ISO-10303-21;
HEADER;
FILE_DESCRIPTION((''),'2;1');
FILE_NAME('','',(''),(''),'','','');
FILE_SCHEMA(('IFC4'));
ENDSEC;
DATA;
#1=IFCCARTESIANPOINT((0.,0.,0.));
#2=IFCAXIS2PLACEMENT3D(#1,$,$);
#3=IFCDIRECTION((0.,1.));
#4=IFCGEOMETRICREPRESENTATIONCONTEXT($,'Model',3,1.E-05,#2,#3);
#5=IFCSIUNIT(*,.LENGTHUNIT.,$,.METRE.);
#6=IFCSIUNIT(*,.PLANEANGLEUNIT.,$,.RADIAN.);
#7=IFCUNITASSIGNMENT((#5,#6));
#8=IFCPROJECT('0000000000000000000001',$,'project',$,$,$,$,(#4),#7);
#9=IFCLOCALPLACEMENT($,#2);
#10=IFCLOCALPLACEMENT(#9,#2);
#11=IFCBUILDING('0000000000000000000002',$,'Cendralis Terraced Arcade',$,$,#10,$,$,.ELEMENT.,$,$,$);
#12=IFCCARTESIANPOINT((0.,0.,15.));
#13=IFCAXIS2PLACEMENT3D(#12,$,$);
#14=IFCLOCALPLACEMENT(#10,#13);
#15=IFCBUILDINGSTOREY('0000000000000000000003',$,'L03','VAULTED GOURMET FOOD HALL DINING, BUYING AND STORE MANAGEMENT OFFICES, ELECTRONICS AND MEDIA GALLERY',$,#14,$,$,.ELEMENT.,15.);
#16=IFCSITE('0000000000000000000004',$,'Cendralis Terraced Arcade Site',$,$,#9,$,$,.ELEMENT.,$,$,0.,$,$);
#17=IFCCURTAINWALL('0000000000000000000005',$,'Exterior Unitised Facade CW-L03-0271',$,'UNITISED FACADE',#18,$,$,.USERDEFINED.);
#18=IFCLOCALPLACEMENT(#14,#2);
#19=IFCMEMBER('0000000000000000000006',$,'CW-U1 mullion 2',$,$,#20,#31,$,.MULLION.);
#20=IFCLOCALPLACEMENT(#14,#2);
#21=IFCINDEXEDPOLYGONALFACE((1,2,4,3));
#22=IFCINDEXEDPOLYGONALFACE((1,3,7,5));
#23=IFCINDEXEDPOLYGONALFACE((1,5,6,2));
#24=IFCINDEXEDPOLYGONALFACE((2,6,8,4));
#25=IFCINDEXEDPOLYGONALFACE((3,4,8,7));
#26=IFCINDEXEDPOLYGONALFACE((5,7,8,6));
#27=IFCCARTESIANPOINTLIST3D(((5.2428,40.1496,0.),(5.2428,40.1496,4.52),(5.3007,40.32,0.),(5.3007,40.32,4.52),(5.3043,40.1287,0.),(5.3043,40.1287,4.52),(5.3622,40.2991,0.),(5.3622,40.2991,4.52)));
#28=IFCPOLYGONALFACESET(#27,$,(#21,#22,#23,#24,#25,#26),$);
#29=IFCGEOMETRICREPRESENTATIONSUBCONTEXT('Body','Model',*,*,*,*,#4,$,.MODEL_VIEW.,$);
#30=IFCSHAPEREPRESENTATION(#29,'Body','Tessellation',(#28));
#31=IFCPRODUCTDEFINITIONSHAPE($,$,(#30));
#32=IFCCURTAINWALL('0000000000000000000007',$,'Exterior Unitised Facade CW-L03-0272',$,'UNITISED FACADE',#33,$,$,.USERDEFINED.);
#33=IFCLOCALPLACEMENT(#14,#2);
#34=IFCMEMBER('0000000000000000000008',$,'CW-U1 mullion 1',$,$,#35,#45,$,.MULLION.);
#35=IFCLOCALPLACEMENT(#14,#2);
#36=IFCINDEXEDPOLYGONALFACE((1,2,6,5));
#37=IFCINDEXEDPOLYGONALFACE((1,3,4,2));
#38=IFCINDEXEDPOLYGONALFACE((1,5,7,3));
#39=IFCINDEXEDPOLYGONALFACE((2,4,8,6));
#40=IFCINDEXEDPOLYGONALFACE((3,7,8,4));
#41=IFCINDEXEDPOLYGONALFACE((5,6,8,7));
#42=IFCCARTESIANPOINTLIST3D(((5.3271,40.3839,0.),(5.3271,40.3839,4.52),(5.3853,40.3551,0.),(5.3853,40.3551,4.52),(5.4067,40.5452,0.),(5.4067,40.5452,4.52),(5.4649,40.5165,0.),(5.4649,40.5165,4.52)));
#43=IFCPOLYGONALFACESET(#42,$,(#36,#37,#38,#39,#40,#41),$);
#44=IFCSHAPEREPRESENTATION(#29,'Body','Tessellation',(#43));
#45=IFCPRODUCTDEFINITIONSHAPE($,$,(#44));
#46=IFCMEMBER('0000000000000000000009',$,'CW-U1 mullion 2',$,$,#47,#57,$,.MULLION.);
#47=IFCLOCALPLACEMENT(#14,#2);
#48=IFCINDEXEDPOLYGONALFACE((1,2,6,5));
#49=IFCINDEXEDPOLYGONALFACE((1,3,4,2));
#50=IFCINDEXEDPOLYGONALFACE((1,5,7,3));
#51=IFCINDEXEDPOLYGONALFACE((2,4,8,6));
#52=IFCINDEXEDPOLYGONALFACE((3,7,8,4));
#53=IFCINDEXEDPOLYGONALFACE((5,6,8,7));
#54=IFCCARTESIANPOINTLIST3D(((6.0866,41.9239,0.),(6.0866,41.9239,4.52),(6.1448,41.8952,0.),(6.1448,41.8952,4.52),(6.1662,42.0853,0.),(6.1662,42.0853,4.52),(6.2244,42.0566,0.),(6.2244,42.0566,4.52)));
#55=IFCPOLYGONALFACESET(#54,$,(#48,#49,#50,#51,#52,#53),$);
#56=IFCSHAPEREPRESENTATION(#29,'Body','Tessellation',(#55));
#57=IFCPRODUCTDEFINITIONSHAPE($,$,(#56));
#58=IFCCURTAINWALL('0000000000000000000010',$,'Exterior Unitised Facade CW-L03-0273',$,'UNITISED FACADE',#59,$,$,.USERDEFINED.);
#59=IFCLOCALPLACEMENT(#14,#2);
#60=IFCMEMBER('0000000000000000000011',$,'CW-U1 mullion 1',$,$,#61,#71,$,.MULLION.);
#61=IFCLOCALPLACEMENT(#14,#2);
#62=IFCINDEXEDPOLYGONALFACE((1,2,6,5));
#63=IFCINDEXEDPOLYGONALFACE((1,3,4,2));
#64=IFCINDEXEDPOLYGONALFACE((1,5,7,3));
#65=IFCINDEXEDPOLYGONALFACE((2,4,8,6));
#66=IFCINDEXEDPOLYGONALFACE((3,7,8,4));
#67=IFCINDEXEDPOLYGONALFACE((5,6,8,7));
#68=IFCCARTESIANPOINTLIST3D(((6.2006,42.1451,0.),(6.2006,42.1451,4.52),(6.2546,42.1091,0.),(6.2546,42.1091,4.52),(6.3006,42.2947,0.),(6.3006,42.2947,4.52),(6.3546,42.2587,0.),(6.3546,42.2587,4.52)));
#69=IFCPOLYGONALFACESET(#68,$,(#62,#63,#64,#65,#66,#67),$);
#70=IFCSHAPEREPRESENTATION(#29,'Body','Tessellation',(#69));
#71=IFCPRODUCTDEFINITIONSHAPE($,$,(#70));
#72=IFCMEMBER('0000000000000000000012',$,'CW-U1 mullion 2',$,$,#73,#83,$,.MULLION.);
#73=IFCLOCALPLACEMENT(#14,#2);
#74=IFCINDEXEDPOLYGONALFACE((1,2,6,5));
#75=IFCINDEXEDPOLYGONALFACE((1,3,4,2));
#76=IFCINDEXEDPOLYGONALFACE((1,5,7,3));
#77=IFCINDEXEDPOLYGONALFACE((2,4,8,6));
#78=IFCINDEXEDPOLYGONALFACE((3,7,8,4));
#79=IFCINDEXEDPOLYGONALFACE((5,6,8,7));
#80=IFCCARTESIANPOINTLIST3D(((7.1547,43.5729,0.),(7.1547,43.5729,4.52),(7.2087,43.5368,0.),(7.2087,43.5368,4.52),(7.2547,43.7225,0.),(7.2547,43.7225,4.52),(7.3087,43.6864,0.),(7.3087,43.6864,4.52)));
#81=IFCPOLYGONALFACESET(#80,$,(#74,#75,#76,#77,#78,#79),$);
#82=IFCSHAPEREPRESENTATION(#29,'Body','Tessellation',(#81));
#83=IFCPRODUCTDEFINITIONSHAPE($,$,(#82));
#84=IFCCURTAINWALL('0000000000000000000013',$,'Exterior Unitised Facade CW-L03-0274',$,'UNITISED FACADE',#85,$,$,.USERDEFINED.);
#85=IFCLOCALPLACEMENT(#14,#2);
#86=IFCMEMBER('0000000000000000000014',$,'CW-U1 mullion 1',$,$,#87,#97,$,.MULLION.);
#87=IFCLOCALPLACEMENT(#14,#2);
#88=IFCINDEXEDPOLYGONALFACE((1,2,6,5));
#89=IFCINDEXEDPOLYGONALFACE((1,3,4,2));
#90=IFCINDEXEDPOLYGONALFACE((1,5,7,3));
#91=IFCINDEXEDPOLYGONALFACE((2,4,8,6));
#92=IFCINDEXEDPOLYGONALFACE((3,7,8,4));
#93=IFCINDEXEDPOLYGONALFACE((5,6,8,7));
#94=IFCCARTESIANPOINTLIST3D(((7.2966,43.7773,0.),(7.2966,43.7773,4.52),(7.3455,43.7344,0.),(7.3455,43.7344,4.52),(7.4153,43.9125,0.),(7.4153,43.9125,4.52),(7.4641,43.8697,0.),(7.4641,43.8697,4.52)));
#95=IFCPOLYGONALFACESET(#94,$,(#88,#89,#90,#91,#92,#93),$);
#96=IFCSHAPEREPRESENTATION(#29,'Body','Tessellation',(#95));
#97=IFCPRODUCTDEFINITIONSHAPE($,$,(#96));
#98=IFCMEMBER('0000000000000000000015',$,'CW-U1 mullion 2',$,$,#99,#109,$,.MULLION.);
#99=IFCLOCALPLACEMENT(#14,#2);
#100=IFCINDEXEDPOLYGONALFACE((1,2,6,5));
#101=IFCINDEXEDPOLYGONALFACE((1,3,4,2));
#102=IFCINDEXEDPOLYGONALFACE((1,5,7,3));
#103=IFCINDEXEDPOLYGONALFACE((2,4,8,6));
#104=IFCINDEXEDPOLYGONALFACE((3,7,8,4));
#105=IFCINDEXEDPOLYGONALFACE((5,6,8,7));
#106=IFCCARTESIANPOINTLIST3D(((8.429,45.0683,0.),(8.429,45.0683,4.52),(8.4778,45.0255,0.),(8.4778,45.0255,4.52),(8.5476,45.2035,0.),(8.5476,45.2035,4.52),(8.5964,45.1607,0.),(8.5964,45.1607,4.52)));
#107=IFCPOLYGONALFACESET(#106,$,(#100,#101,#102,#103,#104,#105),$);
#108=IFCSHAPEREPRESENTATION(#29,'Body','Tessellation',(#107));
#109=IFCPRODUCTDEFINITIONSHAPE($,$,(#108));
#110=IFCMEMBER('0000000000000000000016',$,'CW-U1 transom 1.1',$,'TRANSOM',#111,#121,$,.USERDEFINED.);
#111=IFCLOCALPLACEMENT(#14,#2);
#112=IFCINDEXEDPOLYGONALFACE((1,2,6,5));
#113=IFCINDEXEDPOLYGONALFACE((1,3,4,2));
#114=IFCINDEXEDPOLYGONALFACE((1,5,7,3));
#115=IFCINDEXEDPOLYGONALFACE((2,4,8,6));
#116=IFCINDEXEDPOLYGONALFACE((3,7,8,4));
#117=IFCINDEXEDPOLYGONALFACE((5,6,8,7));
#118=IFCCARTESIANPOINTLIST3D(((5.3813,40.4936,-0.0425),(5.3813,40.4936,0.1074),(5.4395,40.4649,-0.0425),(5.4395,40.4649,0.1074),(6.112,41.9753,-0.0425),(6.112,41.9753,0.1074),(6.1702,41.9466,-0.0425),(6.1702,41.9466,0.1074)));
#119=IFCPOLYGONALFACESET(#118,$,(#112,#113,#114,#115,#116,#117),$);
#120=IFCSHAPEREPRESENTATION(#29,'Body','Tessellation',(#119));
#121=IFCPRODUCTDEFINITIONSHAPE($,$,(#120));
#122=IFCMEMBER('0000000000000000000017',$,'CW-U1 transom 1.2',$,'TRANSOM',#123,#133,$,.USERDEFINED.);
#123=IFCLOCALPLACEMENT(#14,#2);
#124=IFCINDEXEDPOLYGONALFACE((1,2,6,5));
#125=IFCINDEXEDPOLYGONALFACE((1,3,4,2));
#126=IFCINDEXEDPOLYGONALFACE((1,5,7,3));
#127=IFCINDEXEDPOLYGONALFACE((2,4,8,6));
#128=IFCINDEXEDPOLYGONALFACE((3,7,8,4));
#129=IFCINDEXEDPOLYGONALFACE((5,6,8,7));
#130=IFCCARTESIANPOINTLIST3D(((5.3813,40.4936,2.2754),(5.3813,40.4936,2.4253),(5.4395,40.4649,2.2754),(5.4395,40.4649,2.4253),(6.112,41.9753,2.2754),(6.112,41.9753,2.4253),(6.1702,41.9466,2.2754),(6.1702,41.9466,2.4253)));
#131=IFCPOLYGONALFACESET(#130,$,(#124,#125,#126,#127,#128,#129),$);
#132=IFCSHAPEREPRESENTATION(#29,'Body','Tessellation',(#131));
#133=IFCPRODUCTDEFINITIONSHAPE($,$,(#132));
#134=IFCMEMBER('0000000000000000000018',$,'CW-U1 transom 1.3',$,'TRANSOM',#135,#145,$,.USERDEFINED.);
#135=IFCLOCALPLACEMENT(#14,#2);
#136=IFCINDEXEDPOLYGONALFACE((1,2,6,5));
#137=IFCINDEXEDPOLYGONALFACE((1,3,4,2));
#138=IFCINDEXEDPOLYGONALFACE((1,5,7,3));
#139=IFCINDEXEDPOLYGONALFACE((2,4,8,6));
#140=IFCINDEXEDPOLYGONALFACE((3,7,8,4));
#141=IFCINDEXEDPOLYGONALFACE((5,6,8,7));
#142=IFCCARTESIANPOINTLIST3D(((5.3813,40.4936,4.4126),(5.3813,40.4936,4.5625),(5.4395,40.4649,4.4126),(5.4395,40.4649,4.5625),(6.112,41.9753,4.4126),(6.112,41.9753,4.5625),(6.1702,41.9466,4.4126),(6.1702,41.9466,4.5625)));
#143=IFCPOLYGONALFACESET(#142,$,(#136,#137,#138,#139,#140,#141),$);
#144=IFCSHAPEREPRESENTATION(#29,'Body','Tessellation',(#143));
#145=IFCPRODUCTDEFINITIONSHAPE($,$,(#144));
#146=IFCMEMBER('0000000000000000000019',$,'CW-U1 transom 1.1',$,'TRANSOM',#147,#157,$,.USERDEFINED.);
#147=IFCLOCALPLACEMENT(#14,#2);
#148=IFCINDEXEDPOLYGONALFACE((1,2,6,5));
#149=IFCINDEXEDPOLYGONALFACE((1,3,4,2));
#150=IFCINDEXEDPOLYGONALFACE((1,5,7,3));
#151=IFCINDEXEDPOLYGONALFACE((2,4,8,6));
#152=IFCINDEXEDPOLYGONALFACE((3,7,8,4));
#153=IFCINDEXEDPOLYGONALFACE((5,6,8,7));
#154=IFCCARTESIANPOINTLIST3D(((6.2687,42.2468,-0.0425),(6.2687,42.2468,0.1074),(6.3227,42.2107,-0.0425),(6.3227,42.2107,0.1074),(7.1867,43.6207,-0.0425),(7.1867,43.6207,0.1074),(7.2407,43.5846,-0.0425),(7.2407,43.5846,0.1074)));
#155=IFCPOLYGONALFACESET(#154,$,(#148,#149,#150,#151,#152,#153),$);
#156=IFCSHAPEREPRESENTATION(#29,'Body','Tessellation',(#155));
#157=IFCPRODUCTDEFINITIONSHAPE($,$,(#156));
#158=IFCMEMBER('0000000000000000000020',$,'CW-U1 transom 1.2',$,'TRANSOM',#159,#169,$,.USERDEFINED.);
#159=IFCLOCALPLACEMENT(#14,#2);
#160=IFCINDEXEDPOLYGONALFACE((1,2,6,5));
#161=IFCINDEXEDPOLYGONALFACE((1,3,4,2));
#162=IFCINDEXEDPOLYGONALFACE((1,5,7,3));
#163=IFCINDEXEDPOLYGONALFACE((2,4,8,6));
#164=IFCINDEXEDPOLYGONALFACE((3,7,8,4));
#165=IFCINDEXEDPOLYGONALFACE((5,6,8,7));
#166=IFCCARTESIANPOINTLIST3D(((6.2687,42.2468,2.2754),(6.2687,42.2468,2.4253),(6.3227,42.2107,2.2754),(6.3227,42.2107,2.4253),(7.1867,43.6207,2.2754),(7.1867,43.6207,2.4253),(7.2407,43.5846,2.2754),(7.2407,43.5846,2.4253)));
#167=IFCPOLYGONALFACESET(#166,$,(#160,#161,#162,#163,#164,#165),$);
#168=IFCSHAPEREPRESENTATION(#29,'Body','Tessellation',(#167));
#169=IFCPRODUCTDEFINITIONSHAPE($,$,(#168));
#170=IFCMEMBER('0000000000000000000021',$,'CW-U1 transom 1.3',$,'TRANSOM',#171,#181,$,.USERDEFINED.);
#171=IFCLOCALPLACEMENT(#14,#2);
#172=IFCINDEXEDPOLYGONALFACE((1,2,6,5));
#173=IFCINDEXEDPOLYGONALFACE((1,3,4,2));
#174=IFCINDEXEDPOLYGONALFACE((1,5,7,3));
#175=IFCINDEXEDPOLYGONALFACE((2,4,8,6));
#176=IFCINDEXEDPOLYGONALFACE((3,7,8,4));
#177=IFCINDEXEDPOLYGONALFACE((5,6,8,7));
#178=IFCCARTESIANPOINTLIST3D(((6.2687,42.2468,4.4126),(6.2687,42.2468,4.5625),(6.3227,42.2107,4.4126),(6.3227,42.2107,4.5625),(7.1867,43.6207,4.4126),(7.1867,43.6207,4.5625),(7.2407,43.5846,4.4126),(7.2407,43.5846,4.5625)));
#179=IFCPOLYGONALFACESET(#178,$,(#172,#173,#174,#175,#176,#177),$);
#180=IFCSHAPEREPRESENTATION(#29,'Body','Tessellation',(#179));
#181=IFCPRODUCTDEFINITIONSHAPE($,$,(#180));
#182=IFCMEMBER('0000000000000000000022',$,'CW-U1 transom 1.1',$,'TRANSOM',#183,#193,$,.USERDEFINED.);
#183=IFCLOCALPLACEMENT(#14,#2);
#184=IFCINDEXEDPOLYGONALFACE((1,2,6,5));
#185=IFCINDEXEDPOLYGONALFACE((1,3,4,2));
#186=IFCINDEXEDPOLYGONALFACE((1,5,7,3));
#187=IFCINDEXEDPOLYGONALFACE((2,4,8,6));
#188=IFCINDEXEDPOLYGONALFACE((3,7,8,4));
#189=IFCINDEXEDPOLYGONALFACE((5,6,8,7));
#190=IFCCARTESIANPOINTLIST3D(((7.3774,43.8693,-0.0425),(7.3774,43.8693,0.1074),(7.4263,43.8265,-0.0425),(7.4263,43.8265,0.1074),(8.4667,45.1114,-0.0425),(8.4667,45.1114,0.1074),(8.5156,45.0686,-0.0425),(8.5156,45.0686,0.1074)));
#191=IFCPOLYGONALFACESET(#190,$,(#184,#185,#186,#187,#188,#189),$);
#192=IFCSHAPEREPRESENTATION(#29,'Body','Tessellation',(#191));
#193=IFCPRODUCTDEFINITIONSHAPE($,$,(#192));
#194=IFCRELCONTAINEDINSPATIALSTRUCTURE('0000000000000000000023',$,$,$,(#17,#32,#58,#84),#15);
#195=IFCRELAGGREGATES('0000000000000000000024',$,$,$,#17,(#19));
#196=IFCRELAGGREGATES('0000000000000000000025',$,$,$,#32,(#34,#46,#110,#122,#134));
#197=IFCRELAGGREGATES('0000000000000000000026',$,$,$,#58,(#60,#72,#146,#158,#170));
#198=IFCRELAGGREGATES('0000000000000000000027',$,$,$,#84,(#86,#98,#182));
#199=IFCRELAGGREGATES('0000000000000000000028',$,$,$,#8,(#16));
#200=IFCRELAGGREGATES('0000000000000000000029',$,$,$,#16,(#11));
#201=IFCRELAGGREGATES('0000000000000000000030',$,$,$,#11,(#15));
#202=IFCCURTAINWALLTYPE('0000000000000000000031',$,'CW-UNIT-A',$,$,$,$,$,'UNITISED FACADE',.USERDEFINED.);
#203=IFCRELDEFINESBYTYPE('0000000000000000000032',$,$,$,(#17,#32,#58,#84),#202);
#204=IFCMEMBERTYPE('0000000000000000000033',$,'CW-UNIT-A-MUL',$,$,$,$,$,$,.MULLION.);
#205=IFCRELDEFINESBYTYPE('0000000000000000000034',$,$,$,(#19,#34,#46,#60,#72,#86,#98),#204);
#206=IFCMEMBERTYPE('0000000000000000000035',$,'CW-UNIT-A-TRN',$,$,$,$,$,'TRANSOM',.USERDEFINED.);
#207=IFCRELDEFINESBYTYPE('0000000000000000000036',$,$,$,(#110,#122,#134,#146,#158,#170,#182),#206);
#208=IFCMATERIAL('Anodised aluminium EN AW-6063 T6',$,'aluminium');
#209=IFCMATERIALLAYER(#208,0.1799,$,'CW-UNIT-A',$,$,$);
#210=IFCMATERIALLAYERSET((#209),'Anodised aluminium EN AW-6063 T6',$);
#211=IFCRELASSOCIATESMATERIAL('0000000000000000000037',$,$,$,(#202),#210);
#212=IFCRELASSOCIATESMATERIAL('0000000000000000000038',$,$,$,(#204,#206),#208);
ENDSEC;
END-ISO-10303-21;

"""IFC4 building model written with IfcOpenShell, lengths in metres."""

from ifc_helpers import new_model, si_unit, direction, frame, origin, origin_2d, place, context, subcontext, project, spatial, rectangle, extrude, material, layer, layer_set, material_profile, profile_set, type_object, element, aggregate, save


model = new_model("IFC4")

# Units and contexts
model_context = context("Model", 3, precision=1e-05, world=origin(), true_north=direction((0.0, 1.0)))
body_context = subcontext(model_context, "Body", "Model", "MODEL_VIEW")
ifc_project = project(units=[si_unit("LENGTHUNIT", "METRE"), si_unit("PLANEANGLEUNIT", "RADIAN")], contexts=[model_context])

# Site, building, storey
site_placement = place(None, origin())
site = spatial("IfcSite", under=ifc_project, at=site_placement, Name="Cendralis Terraced Arcade Site", CompositionType="ELEMENT", RefElevation=0.0)
building_placement = place(site_placement, origin())
building = spatial("IfcBuilding", under=site, at=building_placement, Name="Cendralis Terraced Arcade", CompositionType="ELEMENT")
storey_placement = place(building_placement, frame((0.0, 0.0, 15.0)))
storey = spatial("IfcBuildingStorey", under=building, at=storey_placement, Name="L03", Description="VAULTED GOURMET FOOD HALL DINING, BUYING AND STORE MANAGEMENT OFFICES, ELECTRONICS AND MEDIA GALLERY", CompositionType="ELEMENT", Elevation=15.0)

# Curtain wall, member
ifc_material_1 = material(Name="Anodised aluminium EN AW-6063 T6", Category="aluminium")
ifc_layer_1 = layer(ifc_material_1, 0.1799, Name="CW-UNIT-A")
ifc_layer_set_1 = layer_set([ifc_layer_1], Name="Anodised aluminium EN AW-6063 T6")
curtain_wall_type = type_object("IfcCurtainWallType", Name="CW-UNIT-A", ElementType="UNITISED FACADE", PredefinedType="USERDEFINED", material=ifc_layer_set_1)
curtain_wall_1_placement = place(storey_placement, origin())
curtain_wall_1 = element("IfcCurtainWall", 1, at=curtain_wall_1_placement, inside=storey, type_object=curtain_wall_type, Name="Exterior Unitised Facade CW-L03-0271", ObjectType="UNITISED FACADE", PredefinedType="USERDEFINED")
ifc_material_profile_1 = material_profile(ifc_material_1, rectangle(XDim=0.0649, YDim=0.1799, at=origin_2d()), Name="ALU-MUL-65x180")
ifc_profile_set_1 = profile_set([ifc_material_profile_1], Name="Anodised aluminium EN AW-6063 T6")
member_type_1 = type_object("IfcMemberType", Name="CW-UNIT-A-MUL", PredefinedType="MULLION", material=ifc_profile_set_1)
member_1_placement = place(storey_placement, frame((5.3025, 40.2244, 0.0), z_axis=(0.0, 0.0, 1.0), x_axis=(-0.946924, 0.321458, 0.0)))
member_1 = element("IfcMember", 2, at=member_1_placement, type_object=member_type_1, Name="CW-U1 mullion 2", PredefinedType="MULLION", context=body_context, shape_type="SweptSolid", body=[
    extrude(rectangle(XDim=0.0649, YDim=0.1799, at=origin_2d()), origin(), (0.0, 0.0, 1.0), 4.52),
])
aggregate(curtain_wall_1, [member_1])

# Curtain walls, members
curtain_wall_2_placement = place(storey_placement, origin())
curtain_wall_2 = element("IfcCurtainWall", 3, at=curtain_wall_2_placement, inside=storey, type_object=curtain_wall_type, Name="Exterior Unitised Facade CW-L03-0272", ObjectType="UNITISED FACADE", PredefinedType="USERDEFINED")
member_2_placement = place(storey_placement, frame((5.396, 40.4502, 0.0), z_axis=(0.0, 0.0, 1.0), x_axis=(-0.896871, 0.442291, 0.0)))
member_2 = element("IfcMember", 4, at=member_2_placement, type_object=member_type_1, Name="CW-U1 mullion 1", PredefinedType="MULLION", context=body_context, shape_type="SweptSolid", body=[
    extrude(rectangle(XDim=0.0649, YDim=0.1799, at=origin_2d()), origin(), (0.0, 0.0, 1.0), 4.52),
])
member_3_placement = place(storey_placement, frame((6.1555, 41.9902, 0.0), z_axis=(0.0, 0.0, 1.0), x_axis=(-0.896871, 0.442291, 0.0)))
member_3 = element("IfcMember", 5, at=member_3_placement, type_object=member_type_1, Name="CW-U1 mullion 2", PredefinedType="MULLION", context=body_context, shape_type="SweptSolid", body=[
    extrude(rectangle(XDim=0.0649, YDim=0.1799, at=origin_2d()), origin(), (0.0, 0.0, 1.0), 4.52),
])
curtain_wall_3_placement = place(storey_placement, origin())
curtain_wall_3 = element("IfcCurtainWall", 6, at=curtain_wall_3_placement, inside=storey, type_object=curtain_wall_type, Name="Exterior Unitised Facade CW-L03-0273", ObjectType="UNITISED FACADE", PredefinedType="USERDEFINED")
member_4_placement = place(storey_placement, frame((6.2776, 42.2019, 0.0), z_axis=(0.0, 0.0, 1.0), x_axis=(-0.831471, 0.555567, 0.0)))
member_4 = element("IfcMember", 7, at=member_4_placement, type_object=member_type_1, Name="CW-U1 mullion 1", PredefinedType="MULLION", context=body_context, shape_type="SweptSolid", body=[
    extrude(rectangle(XDim=0.0649, YDim=0.1799, at=origin_2d()), origin(), (0.0, 0.0, 1.0), 4.52),
])
member_5_placement = place(storey_placement, frame((7.2317, 43.6296, 0.0), z_axis=(0.0, 0.0, 1.0), x_axis=(-0.831471, 0.555567, 0.0)))
member_5 = element("IfcMember", 8, at=member_5_placement, type_object=member_type_1, Name="CW-U1 mullion 2", PredefinedType="MULLION", context=body_context, shape_type="SweptSolid", body=[
    extrude(rectangle(XDim=0.0649, YDim=0.1799, at=origin_2d()), origin(), (0.0, 0.0, 1.0), 4.52),
])
curtain_wall_4_placement = place(storey_placement, origin())
curtain_wall_4 = element("IfcCurtainWall", 9, at=curtain_wall_4_placement, inside=storey, type_object=curtain_wall_type, Name="Exterior Unitised Facade CW-L03-0274", ObjectType="UNITISED FACADE", PredefinedType="USERDEFINED")
member_6_placement = place(storey_placement, frame((7.3804, 43.8235, 0.0), z_axis=(0.0, 0.0, 1.0), x_axis=(-0.751804, 0.659386, 0.0)))
member_6 = element("IfcMember", 10, at=member_6_placement, type_object=member_type_1, Name="CW-U1 mullion 1", PredefinedType="MULLION", context=body_context, shape_type="SweptSolid", body=[
    extrude(rectangle(XDim=0.0649, YDim=0.1799, at=origin_2d()), origin(), (0.0, 0.0, 1.0), 4.52),
])
member_7_placement = place(storey_placement, frame((8.5127, 45.1145, 0.0), z_axis=(0.0, 0.0, 1.0), x_axis=(-0.751804, 0.659386, 0.0)))
member_7 = element("IfcMember", 11, at=member_7_placement, type_object=member_type_1, Name="CW-U1 mullion 2", PredefinedType="MULLION", context=body_context, shape_type="SweptSolid", body=[
    extrude(rectangle(XDim=0.0649, YDim=0.1799, at=origin_2d()), origin(), (0.0, 0.0, 1.0), 4.52),
])

# Members
ifc_material_profile_2 = material_profile(ifc_material_1, rectangle(XDim=0.0649, YDim=0.1499, at=origin_2d()), Name="ALU-TRN-65x150")
ifc_profile_set_2 = profile_set([ifc_material_profile_2], Name="Anodised aluminium EN AW-6063 T6")
member_type_2 = type_object("IfcMemberType", Name="CW-UNIT-A-TRN", ElementType="TRANSOM", PredefinedType="USERDEFINED", material=ifc_profile_set_2)
member_8_placement = place(storey_placement, frame((5.4104, 40.4792, 0.0325), z_axis=(0.442301, 0.896867, 0.0), x_axis=(-0.896867, 0.442301, 0.0)))
member_8 = element("IfcMember", 12, at=member_8_placement, type_object=member_type_2, Name="CW-U1 transom 1.1", ObjectType="TRANSOM", PredefinedType="USERDEFINED", context=body_context, shape_type="SweptSolid", body=[
    extrude(rectangle(XDim=0.0649, YDim=0.1499, at=origin_2d()), origin(), (0.0, 0.0, 1.0), 1.6521),
])
member_9_placement = place(storey_placement, frame((5.4104, 40.4792, 2.3503), z_axis=(0.442301, 0.896867, 0.0), x_axis=(-0.896867, 0.442301, 0.0)))
member_9 = element("IfcMember", 13, at=member_9_placement, type_object=member_type_2, Name="CW-U1 transom 1.2", ObjectType="TRANSOM", PredefinedType="USERDEFINED", context=body_context, shape_type="SweptSolid", body=[
    extrude(rectangle(XDim=0.0649, YDim=0.1499, at=origin_2d()), origin(), (0.0, 0.0, 1.0), 1.6521),
])
member_10_placement = place(storey_placement, frame((5.4104, 40.4792, 4.4875), z_axis=(0.442301, 0.896867, 0.0), x_axis=(-0.896867, 0.442301, 0.0)))
member_10 = element("IfcMember", 14, at=member_10_placement, type_object=member_type_2, Name="CW-U1 transom 1.3", ObjectType="TRANSOM", PredefinedType="USERDEFINED", context=body_context, shape_type="SweptSolid", body=[
    extrude(rectangle(XDim=0.0649, YDim=0.1499, at=origin_2d()), origin(), (0.0, 0.0, 1.0), 1.6521),
])
member_11_placement = place(storey_placement, frame((6.2957, 42.2288, 0.0325), z_axis=(0.555586, 0.831459, 0.0), x_axis=(-0.831459, 0.555586, 0.0)))
member_11 = element("IfcMember", 15, at=member_11_placement, type_object=member_type_2, Name="CW-U1 transom 1.1", ObjectType="TRANSOM", PredefinedType="USERDEFINED", context=body_context, shape_type="SweptSolid", body=[
    extrude(rectangle(XDim=0.0649, YDim=0.1499, at=origin_2d()), origin(), (0.0, 0.0, 1.0), 1.6523),
])
member_12_placement = place(storey_placement, frame((6.2957, 42.2288, 2.3503), z_axis=(0.555586, 0.831459, 0.0), x_axis=(-0.831459, 0.555586, 0.0)))
member_12 = element("IfcMember", 16, at=member_12_placement, type_object=member_type_2, Name="CW-U1 transom 1.2", ObjectType="TRANSOM", PredefinedType="USERDEFINED", context=body_context, shape_type="SweptSolid", body=[
    extrude(rectangle(XDim=0.0649, YDim=0.1499, at=origin_2d()), origin(), (0.0, 0.0, 1.0), 1.6523),
])
member_13_placement = place(storey_placement, frame((6.2957, 42.2288, 4.4875), z_axis=(0.555586, 0.831459, 0.0), x_axis=(-0.831459, 0.555586, 0.0)))
member_13 = element("IfcMember", 17, at=member_13_placement, type_object=member_type_2, Name="CW-U1 transom 1.3", ObjectType="TRANSOM", PredefinedType="USERDEFINED", context=body_context, shape_type="SweptSolid", body=[
    extrude(rectangle(XDim=0.0649, YDim=0.1499, at=origin_2d()), origin(), (0.0, 0.0, 1.0), 1.6523),
])
member_14_placement = place(storey_placement, frame((7.4019, 43.8479, 0.0325), z_axis=(0.659341, 0.751844, 0.0), x_axis=(-0.751844, 0.659341, 0.0)))
member_14 = element("IfcMember", 18, at=member_14_placement, type_object=member_type_2, Name="CW-U1 transom 1.1", ObjectType="TRANSOM", PredefinedType="USERDEFINED", context=body_context, shape_type="SweptSolid", body=[
    extrude(rectangle(XDim=0.0649, YDim=0.1499, at=origin_2d()), origin(), (0.0, 0.0, 1.0), 1.6521),
])

aggregate(curtain_wall_2, [member_2, member_3, member_8, member_9, member_10])
aggregate(curtain_wall_3, [member_4, member_5, member_11, member_12, member_13])
aggregate(curtain_wall_4, [member_6, member_7, member_14])

save(model, "model.ifc")
